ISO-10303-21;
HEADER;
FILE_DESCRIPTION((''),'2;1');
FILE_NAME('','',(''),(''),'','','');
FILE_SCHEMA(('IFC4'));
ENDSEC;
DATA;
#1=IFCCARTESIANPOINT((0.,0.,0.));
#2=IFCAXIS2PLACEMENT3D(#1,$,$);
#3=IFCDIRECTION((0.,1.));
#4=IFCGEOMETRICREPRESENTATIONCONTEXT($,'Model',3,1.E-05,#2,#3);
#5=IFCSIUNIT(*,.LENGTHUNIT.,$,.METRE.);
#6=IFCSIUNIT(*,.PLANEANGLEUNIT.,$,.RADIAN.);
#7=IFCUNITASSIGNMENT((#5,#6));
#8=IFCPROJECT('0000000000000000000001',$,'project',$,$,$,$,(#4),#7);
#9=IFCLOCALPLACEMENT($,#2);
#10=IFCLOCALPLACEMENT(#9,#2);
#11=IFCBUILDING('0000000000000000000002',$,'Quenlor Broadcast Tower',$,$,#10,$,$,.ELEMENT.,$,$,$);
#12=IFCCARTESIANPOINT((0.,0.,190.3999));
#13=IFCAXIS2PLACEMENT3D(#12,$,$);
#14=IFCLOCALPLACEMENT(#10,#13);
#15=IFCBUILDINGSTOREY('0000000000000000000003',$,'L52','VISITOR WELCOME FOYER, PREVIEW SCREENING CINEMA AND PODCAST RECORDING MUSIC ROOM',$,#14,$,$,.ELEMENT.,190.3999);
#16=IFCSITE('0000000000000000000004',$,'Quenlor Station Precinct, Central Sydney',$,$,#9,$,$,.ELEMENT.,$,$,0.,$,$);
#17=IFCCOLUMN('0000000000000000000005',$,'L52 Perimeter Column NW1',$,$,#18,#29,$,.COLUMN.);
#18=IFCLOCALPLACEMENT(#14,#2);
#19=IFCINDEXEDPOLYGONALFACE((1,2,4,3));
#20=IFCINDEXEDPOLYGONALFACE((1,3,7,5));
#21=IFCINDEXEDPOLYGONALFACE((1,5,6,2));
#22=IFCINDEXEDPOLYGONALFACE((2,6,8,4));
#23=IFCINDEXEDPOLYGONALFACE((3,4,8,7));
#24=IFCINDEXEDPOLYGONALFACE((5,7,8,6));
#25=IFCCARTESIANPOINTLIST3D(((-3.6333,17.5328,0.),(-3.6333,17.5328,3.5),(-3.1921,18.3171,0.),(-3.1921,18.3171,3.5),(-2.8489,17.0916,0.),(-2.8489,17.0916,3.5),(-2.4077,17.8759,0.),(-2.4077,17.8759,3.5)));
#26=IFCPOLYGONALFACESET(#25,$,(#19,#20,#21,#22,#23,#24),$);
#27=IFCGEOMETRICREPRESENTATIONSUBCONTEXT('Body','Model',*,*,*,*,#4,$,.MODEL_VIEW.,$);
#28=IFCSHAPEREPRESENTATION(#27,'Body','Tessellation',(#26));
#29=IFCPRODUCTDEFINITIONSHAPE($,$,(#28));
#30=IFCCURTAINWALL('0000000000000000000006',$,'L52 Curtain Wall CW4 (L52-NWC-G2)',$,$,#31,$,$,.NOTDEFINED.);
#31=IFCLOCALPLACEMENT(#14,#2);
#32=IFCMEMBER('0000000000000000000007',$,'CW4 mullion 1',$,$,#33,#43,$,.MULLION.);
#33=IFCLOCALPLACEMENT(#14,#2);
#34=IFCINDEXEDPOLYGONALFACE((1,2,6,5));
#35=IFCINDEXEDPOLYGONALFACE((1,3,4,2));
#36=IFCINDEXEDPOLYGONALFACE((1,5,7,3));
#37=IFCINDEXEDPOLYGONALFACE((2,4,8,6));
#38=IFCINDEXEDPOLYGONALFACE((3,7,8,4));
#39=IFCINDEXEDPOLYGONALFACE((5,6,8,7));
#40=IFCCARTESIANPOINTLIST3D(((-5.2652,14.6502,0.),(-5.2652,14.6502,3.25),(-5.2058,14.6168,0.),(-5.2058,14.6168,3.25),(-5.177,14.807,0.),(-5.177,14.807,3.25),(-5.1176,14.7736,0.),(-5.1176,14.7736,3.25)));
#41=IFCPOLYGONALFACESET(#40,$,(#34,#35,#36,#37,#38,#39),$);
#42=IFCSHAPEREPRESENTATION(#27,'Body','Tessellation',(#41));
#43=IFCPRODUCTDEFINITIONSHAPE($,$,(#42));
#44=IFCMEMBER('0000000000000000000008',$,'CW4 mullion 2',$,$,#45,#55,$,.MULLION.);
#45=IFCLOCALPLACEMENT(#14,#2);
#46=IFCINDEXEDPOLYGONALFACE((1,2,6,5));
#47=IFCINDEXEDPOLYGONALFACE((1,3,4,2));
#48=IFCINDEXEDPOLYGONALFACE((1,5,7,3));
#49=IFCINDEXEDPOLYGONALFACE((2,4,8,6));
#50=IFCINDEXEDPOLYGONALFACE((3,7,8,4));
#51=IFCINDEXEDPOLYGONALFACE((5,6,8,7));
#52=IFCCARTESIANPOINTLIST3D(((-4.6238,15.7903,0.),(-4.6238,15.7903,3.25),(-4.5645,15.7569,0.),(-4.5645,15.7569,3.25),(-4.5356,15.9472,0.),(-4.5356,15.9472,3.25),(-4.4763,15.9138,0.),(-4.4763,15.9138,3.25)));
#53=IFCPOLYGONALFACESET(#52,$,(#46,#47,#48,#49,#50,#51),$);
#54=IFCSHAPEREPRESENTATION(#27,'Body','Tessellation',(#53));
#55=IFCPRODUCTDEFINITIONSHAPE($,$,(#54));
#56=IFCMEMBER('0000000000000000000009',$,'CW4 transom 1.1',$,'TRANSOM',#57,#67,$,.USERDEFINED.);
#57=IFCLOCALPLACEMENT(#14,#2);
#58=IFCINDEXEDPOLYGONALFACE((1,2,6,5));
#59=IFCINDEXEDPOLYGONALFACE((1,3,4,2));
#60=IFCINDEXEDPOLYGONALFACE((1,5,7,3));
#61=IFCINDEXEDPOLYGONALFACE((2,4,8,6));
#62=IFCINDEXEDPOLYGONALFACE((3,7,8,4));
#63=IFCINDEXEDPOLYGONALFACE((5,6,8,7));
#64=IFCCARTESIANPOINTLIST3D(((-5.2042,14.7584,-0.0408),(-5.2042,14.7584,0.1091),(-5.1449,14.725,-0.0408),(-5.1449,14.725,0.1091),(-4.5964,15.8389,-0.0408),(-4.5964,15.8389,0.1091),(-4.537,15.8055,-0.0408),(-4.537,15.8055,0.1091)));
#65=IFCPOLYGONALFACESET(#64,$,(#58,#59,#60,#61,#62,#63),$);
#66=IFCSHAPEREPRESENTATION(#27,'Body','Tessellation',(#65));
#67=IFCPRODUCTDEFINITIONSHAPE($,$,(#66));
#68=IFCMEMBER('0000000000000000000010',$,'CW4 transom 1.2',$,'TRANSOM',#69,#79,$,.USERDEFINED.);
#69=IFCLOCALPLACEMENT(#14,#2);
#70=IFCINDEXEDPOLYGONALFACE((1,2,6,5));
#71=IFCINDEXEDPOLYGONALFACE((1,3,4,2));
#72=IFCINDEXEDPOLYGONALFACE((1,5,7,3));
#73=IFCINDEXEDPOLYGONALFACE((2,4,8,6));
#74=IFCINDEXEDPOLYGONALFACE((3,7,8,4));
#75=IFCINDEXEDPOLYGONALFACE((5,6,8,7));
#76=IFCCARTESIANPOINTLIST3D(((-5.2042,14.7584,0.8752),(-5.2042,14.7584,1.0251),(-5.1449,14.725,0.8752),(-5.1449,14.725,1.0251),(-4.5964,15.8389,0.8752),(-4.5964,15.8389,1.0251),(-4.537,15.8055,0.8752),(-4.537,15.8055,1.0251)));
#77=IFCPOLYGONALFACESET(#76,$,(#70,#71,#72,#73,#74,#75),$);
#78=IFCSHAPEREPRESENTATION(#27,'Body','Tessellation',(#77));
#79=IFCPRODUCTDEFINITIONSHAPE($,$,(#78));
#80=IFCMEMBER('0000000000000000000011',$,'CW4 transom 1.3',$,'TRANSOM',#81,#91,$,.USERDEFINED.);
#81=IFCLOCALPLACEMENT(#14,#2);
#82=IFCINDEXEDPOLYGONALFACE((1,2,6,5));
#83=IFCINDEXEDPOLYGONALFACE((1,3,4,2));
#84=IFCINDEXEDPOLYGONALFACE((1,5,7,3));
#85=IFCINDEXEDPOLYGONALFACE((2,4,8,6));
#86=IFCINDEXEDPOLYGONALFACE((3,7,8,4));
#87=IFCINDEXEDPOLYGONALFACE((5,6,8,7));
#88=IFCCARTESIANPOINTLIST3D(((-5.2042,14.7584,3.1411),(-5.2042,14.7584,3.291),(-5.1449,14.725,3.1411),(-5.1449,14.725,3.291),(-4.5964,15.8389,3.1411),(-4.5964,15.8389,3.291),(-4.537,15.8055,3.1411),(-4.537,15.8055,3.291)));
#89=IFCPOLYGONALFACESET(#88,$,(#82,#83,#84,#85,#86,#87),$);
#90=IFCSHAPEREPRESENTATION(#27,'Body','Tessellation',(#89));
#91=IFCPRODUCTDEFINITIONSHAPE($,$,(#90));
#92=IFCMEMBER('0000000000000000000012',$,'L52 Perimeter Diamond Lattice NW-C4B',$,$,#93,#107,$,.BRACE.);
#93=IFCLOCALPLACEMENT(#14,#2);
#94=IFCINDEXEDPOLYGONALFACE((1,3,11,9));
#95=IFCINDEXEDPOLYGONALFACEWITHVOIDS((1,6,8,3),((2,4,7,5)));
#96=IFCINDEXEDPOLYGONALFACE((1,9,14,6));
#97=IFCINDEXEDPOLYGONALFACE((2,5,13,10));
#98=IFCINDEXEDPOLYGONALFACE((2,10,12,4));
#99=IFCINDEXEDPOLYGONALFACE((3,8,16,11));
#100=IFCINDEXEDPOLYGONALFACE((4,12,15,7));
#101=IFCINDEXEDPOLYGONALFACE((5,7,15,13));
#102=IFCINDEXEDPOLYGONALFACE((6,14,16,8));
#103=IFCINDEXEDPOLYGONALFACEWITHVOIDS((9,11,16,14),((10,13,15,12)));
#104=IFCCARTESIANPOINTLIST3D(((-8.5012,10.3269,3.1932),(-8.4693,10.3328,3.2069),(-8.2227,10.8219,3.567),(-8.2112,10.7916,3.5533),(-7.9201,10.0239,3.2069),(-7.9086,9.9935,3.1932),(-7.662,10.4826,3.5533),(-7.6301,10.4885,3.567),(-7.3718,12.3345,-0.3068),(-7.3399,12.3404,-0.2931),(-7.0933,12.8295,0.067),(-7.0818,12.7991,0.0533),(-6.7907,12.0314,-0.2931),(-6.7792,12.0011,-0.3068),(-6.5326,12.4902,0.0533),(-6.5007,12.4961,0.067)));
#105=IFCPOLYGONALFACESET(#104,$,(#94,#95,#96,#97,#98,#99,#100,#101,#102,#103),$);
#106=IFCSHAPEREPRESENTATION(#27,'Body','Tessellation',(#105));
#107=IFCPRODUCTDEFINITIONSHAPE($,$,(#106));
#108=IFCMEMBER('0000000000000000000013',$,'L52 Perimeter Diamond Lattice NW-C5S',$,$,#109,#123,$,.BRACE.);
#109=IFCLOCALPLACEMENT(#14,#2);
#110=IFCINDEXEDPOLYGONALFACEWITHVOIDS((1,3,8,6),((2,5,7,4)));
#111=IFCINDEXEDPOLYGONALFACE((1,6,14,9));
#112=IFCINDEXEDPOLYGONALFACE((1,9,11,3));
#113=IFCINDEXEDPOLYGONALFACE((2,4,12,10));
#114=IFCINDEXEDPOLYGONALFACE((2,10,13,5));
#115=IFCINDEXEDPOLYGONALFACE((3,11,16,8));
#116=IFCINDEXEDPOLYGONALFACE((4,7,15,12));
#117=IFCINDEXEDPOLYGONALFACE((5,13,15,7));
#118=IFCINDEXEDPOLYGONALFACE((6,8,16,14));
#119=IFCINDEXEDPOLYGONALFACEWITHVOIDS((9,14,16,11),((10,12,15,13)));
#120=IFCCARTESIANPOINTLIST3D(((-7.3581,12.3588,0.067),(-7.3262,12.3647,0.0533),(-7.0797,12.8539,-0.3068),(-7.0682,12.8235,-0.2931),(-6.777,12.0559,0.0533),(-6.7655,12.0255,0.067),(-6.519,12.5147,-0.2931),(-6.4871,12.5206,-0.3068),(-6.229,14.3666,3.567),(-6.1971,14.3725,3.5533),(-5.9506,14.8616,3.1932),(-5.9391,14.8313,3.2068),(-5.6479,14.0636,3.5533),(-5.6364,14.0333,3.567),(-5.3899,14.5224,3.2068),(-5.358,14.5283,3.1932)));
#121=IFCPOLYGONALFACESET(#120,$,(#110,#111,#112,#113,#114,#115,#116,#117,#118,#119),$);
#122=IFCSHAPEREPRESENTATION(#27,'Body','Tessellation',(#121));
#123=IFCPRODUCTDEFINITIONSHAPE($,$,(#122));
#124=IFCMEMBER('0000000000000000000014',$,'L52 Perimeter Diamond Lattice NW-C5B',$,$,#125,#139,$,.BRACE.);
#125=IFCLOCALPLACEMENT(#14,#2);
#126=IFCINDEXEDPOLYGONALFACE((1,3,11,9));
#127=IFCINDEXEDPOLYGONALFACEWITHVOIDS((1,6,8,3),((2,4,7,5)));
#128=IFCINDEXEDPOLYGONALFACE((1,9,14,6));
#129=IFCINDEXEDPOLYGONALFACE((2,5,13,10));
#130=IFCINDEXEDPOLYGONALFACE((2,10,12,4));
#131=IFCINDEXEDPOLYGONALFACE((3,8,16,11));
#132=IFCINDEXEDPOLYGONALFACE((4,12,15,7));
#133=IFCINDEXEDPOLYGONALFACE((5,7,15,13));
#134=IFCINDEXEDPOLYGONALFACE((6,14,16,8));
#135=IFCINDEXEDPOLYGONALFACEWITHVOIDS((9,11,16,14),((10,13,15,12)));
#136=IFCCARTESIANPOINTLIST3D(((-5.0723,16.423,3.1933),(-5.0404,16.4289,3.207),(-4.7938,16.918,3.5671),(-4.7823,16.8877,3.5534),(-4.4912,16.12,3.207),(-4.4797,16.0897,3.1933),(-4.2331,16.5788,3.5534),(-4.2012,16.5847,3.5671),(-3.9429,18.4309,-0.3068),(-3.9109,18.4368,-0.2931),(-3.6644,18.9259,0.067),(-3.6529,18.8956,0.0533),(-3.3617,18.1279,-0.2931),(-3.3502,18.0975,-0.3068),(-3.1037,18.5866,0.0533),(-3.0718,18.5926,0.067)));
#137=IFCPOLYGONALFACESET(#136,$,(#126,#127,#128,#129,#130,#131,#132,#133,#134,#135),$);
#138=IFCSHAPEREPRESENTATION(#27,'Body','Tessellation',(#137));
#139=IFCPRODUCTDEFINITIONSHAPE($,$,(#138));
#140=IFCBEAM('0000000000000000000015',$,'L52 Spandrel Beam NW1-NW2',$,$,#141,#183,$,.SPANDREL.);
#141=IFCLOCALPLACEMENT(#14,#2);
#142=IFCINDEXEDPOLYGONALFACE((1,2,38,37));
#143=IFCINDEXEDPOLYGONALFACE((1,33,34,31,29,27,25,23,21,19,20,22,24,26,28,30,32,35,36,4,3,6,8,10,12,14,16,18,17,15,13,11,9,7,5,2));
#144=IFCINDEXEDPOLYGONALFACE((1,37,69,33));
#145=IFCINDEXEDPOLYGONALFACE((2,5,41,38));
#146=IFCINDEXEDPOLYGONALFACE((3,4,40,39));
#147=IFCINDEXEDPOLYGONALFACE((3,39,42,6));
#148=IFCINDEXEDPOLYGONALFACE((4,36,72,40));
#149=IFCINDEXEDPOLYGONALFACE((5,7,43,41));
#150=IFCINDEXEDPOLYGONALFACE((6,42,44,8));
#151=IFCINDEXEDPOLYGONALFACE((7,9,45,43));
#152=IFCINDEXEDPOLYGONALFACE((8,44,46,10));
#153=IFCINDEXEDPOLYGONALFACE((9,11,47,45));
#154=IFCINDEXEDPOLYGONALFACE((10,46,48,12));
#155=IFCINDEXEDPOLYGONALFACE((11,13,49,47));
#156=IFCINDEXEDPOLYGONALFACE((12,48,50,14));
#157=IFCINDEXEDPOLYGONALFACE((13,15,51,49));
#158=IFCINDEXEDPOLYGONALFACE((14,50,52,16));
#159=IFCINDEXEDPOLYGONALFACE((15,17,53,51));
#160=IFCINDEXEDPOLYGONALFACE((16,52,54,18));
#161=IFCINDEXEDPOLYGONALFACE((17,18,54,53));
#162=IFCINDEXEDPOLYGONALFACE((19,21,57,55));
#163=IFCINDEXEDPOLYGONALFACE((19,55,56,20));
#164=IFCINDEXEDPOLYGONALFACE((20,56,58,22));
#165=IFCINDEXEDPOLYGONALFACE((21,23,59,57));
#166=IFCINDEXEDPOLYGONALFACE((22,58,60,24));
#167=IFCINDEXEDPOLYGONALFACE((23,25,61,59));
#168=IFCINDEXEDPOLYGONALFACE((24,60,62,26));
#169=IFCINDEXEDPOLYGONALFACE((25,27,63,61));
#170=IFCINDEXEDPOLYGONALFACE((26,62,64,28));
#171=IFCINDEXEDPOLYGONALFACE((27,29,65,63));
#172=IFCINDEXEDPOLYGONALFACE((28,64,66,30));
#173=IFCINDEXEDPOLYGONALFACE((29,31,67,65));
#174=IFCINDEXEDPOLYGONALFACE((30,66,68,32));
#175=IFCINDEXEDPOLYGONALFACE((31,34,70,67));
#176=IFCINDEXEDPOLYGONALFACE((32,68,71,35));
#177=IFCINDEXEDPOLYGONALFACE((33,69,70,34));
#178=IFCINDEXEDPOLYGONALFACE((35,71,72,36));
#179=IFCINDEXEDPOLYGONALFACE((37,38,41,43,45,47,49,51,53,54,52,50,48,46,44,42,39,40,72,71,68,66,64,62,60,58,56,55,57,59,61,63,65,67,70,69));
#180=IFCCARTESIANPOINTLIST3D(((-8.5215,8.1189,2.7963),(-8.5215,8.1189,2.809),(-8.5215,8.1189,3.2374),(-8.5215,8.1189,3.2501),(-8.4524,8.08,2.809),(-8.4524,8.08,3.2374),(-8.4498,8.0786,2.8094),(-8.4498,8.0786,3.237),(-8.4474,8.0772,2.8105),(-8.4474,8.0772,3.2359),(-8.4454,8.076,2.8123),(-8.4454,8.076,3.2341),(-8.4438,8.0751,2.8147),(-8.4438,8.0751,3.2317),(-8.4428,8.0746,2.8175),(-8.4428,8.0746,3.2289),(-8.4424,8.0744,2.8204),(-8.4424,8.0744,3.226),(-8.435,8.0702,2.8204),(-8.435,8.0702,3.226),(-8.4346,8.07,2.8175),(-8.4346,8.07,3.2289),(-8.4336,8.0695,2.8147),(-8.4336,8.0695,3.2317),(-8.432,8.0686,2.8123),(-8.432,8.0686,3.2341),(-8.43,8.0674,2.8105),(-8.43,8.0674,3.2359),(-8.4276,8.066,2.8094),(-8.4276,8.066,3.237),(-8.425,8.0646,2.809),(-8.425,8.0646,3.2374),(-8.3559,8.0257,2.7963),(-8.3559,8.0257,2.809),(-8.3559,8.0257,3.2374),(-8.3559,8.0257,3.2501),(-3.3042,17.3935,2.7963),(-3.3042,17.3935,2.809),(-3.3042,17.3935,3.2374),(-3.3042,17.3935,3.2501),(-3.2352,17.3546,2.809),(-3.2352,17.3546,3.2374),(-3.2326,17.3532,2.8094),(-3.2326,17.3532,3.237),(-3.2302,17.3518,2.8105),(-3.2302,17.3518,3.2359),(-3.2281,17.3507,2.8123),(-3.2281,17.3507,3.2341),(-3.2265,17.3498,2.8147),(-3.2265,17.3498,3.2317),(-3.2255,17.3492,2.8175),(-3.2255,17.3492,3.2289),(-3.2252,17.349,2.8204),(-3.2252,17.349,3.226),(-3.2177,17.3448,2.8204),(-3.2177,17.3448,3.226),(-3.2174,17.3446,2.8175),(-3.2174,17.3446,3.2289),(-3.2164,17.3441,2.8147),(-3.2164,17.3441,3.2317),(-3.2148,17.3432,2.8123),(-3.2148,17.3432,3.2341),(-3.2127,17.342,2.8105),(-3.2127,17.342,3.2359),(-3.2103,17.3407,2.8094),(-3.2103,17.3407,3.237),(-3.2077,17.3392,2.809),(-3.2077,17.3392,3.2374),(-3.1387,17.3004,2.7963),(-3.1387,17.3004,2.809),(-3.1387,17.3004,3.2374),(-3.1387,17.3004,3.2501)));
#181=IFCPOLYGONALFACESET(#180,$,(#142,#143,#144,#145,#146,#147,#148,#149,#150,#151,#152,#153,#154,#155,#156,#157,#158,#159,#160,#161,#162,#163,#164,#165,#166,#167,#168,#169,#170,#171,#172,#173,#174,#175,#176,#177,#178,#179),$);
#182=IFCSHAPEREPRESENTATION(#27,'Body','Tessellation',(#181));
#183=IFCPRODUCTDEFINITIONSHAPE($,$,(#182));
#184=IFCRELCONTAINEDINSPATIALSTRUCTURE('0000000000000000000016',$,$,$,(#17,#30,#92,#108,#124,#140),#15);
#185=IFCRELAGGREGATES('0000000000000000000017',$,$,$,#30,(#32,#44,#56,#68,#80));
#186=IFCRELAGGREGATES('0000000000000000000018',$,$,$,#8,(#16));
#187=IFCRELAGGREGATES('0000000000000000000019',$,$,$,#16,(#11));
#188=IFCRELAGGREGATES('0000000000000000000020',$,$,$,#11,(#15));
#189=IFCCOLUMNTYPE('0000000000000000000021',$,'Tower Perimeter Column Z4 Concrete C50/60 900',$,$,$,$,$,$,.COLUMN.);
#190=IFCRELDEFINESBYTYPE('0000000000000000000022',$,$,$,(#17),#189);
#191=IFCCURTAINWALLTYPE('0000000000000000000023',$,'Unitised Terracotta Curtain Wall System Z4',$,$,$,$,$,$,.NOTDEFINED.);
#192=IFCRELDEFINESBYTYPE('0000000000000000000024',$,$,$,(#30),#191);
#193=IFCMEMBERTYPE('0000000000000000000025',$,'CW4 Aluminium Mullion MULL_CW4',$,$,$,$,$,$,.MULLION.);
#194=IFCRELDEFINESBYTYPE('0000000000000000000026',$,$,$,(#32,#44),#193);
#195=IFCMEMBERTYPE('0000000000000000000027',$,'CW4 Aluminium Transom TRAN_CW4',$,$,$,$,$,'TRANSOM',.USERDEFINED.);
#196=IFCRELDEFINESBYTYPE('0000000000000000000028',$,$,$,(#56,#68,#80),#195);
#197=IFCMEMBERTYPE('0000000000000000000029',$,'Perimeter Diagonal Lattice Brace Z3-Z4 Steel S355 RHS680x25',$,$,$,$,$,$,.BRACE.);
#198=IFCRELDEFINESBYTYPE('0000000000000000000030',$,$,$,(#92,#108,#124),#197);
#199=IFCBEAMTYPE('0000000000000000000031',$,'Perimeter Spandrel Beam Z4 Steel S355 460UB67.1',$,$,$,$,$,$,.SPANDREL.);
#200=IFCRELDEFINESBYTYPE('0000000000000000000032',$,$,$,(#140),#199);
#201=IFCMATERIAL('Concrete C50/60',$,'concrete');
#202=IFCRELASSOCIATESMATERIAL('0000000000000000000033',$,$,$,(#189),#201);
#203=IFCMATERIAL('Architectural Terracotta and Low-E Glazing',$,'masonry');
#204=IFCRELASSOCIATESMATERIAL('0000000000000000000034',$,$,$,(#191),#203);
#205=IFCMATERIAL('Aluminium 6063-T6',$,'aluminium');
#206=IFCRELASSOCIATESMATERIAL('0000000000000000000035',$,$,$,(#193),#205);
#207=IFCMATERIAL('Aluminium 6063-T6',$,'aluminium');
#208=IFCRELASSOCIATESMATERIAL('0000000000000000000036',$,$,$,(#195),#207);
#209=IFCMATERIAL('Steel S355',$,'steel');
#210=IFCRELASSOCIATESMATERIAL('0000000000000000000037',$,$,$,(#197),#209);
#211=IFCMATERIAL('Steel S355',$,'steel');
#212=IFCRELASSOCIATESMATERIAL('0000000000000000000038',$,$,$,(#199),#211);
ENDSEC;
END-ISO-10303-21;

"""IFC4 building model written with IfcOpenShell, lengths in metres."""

from ifc_helpers import new_model, si_unit, direction, frame, origin, origin_2d, place, context, subcontext, project, spatial, rectangle, hollow_rectangle, i_section, extrude, material, material_profile, profile_set, type_object, element, aggregate, save


model = new_model("IFC4")

# Units and contexts
model_context = context("Model", 3, precision=1e-05, world=origin(), true_north=direction((0.0, 1.0)))
body_context = subcontext(model_context, "Body", "Model", "MODEL_VIEW")
ifc_project = project(units=[si_unit("LENGTHUNIT", "METRE"), si_unit("PLANEANGLEUNIT", "RADIAN")], contexts=[model_context])

# Site, building, storey
site_placement = place(None, origin())
site = spatial("IfcSite", under=ifc_project, at=site_placement, Name="Quenlor Station Precinct, Central Sydney", CompositionType="ELEMENT", RefElevation=0.0)
building_placement = place(site_placement, origin())
building = spatial("IfcBuilding", under=site, at=building_placement, Name="Quenlor Broadcast Tower", CompositionType="ELEMENT")
storey_placement = place(building_placement, frame((0.0, 0.0, 190.3999)))
storey = spatial("IfcBuildingStorey", under=building, at=storey_placement, Name="L52", Description="VISITOR WELCOME FOYER, PREVIEW SCREENING CINEMA AND PODCAST RECORDING MUSIC ROOM", CompositionType="ELEMENT", Elevation=190.3999)

# Column
ifc_material_1 = material(Name="Concrete C50/60", Category="concrete")
ifc_material_profile_1 = material_profile(ifc_material_1, rectangle(XDim=0.8999, YDim=0.8999, at=origin_2d()))
ifc_profile_set_1 = profile_set([ifc_material_profile_1], Name="Concrete C50/60 RC900x900")
column_type = type_object("IfcColumnType", Name="Tower Perimeter Column Z4 Concrete C50/60 900", PredefinedType="COLUMN", material=ifc_profile_set_1)
column_placement = place(storey_placement, frame((-3.0205, 17.7043, 0.0), z_axis=(0.0, 0.0, 1.0), x_axis=(-0.871575, 0.490262, 0.0)))
element("IfcColumn", 1, at=column_placement, inside=storey, type_object=column_type, Name="L52 Perimeter Column NW1", PredefinedType="COLUMN", context=body_context, shape_type="SweptSolid", body=[
    extrude(rectangle(XDim=0.8999, YDim=0.8999, at=origin_2d()), origin(), (0.0, 0.0, 1.0), 3.5),
])

# Curtain wall, members
ifc_material_2 = material(Name="Architectural Terracotta and Low-E Glazing", Category="masonry")
curtain_wall_type = type_object("IfcCurtainWallType", Name="Unitised Terracotta Curtain Wall System Z4", PredefinedType="NOTDEFINED", material=ifc_material_2)
curtain_wall_placement = place(storey_placement, origin())
curtain_wall = element("IfcCurtainWall", 2, at=curtain_wall_placement, inside=storey, type_object=curtain_wall_type, Name="L52 Curtain Wall CW4 (L52-NWC-G2)", PredefinedType="NOTDEFINED")
ifc_material_3 = material(Name="Aluminium 6063-T6", Category="aluminium")
ifc_material_profile_2 = material_profile(ifc_material_3, rectangle(XDim=0.0681, YDim=0.1799, at=origin_2d()))
ifc_profile_set_2 = profile_set([ifc_material_profile_2], Name="Aluminium 6063-T6 MULL68x180")
member_type_1 = type_object("IfcMemberType", Name="CW4 Aluminium Mullion MULL_CW4", PredefinedType="MULLION", material=ifc_profile_set_2)
member_1_placement = place(storey_placement, frame((-5.1914, 14.7119, 0.0), z_axis=(0.0, 0.0, 1.0), x_axis=(-0.87156, 0.490289, 0.0)))
member_1 = element("IfcMember", 3, at=member_1_placement, type_object=member_type_1, Name="CW4 mullion 1", PredefinedType="MULLION", context=body_context, shape_type="SweptSolid", body=[
    extrude(rectangle(XDim=0.0681, YDim=0.1799, at=origin_2d()), origin(), (0.0, 0.0, 1.0), 3.25),
])
member_2_placement = place(storey_placement, frame((-4.55, 15.8521, 0.0), z_axis=(0.0, 0.0, 1.0), x_axis=(-0.87156, 0.490289, 0.0)))
member_2 = element("IfcMember", 4, at=member_2_placement, type_object=member_type_1, Name="CW4 mullion 2", PredefinedType="MULLION", context=body_context, shape_type="SweptSolid", body=[
    extrude(rectangle(XDim=0.0681, YDim=0.1799, at=origin_2d()), origin(), (0.0, 0.0, 1.0), 3.25),
])
ifc_material_4 = material(Name="Aluminium 6063-T6", Category="aluminium")
ifc_material_profile_3 = material_profile(ifc_material_4, rectangle(XDim=0.0681, YDim=0.1499, at=origin_2d()))
ifc_profile_set_3 = profile_set([ifc_material_profile_3], Name="Aluminium 6063-T6 TRAN68x150")
member_type_2 = type_object("IfcMemberType", Name="CW4 Aluminium Transom TRAN_CW4", ElementType="TRANSOM", PredefinedType="USERDEFINED", material=ifc_profile_set_3)
member_3_placement = place(storey_placement, frame((-5.1746, 14.7417, 0.0342), z_axis=(0.490317, 0.871544, 0.0), x_axis=(-0.871544, 0.490317, 0.0)))
member_3 = element("IfcMember", 5, at=member_3_placement, type_object=member_type_2, Name="CW4 transom 1.1", ObjectType="TRANSOM", PredefinedType="USERDEFINED", context=body_context, shape_type="SweptSolid", body=[
    extrude(rectangle(XDim=0.0681, YDim=0.1499, at=origin_2d()), origin(), (0.0, 0.0, 1.0), 1.2397),
])
member_4_placement = place(storey_placement, frame((-5.1746, 14.7417, 0.9502), z_axis=(0.490317, 0.871544, 0.0), x_axis=(-0.871544, 0.490317, 0.0)))
member_4 = element("IfcMember", 6, at=member_4_placement, type_object=member_type_2, Name="CW4 transom 1.2", ObjectType="TRANSOM", PredefinedType="USERDEFINED", context=body_context, shape_type="SweptSolid", body=[
    extrude(rectangle(XDim=0.0681, YDim=0.1499, at=origin_2d()), origin(), (0.0, 0.0, 1.0), 1.2397),
])
member_5_placement = place(storey_placement, frame((-5.1746, 14.7417, 3.2161), z_axis=(0.490317, 0.871544, 0.0), x_axis=(-0.871544, 0.490317, 0.0)))
member_5 = element("IfcMember", 7, at=member_5_placement, type_object=member_type_2, Name="CW4 transom 1.3", ObjectType="TRANSOM", PredefinedType="USERDEFINED", context=body_context, shape_type="SweptSolid", body=[
    extrude(rectangle(XDim=0.0681, YDim=0.1499, at=origin_2d()), origin(), (0.0, 0.0, 1.0), 1.2397),
])

# Members
ifc_material_5 = material(Name="Steel S355", Category="steel")
ifc_material_profile_4 = material_profile(ifc_material_5, hollow_rectangle(XDim=0.6799, YDim=0.6799, WallThickness=0.0249, at=origin_2d()))
ifc_profile_set_4 = profile_set([ifc_material_profile_4], Name="Steel S355 RHS680x680x25")
member_type_3 = type_object("IfcMemberType", Name="Perimeter Diagonal Lattice Brace Z3-Z4 Steel S355 RHS680x25", PredefinedType="BRACE", material=ifc_profile_set_4)
for number, where, z_axis, x_axis, name in (
    (8, (-6.9363, 12.4153, -0.1199), (-0.269547, -0.479136, 0.835328), (0.87155, -0.490307, 0.0), "L52 Perimeter Diamond Lattice NW-C4B"),
    (9, (-6.9226, 12.4397, -0.1199), (0.269485, 0.479189, 0.835318), (-0.871621, 0.490181, 0.0), "L52 Perimeter Diamond Lattice NW-C5S"),
):
    element("IfcMember", number, at=place(storey_placement, frame(where, z_axis=z_axis, x_axis=x_axis)), inside=storey, type_object=member_type_3, Name=name, PredefinedType="BRACE", context=body_context, shape_type="SweptSolid", body=[
        extrude(hollow_rectangle(XDim=0.6799, YDim=0.6799, WallThickness=0.0249, at=origin_2d()), origin(), (0.0, 0.0, 1.0), 4.1899),
    ])
member_6_placement = place(storey_placement, frame((-3.5073, 18.5117, -0.1199), z_axis=(-0.26954, -0.479181, 0.835305), x_axis=(0.871576, -0.490261, 0.0)))
element("IfcMember", 10, at=member_6_placement, inside=storey, type_object=member_type_3, Name="L52 Perimeter Diamond Lattice NW-C5B", PredefinedType="BRACE", context=body_context, shape_type="SweptSolid", body=[
    extrude(hollow_rectangle(XDim=0.6799, YDim=0.6799, WallThickness=0.0249, at=origin_2d()), origin(), (0.0, 0.0, 1.0), 4.1902),
])

# Beam
ifc_material_6 = material(Name="Steel S355", Category="steel")
ifc_material_profile_5 = material_profile(ifc_material_6, i_section(OverallWidth=0.1899, OverallDepth=0.4539, WebThickness=0.0085, FlangeThickness=0.0127, FilletRadius=0.0115, at=origin_2d()))
ifc_profile_set_5 = profile_set([ifc_material_profile_5], Name="Steel S355 460UB67.1")
beam_type_1 = type_object("IfcBeamType", Name="Perimeter Spandrel Beam Z4 Steel S355 460UB67.1", PredefinedType="SPANDREL", material=ifc_profile_set_5)
beam_1_placement = place(storey_placement, frame((-3.2214, 17.3469, 3.0232), z_axis=(-0.490282, -0.871564, 0.0), x_axis=(0.871564, -0.490282, 0.0)))
element("IfcBeam", 11, at=beam_1_placement, inside=storey, type_object=beam_type_1, Name="L52 Spandrel Beam NW1-NW2", PredefinedType="SPANDREL", context=body_context, shape_type="SweptSolid", body=[
    extrude(i_section(OverallWidth=0.1899, OverallDepth=0.4539, WebThickness=0.0085, FlangeThickness=0.0127, FilletRadius=0.0115, at=origin_2d()), origin(), (0.0, 0.0, 1.0), 10.6414),
])

aggregate(curtain_wall, [member_1, member_2, member_3, member_4, member_5])

save(model, "model.ifc")
